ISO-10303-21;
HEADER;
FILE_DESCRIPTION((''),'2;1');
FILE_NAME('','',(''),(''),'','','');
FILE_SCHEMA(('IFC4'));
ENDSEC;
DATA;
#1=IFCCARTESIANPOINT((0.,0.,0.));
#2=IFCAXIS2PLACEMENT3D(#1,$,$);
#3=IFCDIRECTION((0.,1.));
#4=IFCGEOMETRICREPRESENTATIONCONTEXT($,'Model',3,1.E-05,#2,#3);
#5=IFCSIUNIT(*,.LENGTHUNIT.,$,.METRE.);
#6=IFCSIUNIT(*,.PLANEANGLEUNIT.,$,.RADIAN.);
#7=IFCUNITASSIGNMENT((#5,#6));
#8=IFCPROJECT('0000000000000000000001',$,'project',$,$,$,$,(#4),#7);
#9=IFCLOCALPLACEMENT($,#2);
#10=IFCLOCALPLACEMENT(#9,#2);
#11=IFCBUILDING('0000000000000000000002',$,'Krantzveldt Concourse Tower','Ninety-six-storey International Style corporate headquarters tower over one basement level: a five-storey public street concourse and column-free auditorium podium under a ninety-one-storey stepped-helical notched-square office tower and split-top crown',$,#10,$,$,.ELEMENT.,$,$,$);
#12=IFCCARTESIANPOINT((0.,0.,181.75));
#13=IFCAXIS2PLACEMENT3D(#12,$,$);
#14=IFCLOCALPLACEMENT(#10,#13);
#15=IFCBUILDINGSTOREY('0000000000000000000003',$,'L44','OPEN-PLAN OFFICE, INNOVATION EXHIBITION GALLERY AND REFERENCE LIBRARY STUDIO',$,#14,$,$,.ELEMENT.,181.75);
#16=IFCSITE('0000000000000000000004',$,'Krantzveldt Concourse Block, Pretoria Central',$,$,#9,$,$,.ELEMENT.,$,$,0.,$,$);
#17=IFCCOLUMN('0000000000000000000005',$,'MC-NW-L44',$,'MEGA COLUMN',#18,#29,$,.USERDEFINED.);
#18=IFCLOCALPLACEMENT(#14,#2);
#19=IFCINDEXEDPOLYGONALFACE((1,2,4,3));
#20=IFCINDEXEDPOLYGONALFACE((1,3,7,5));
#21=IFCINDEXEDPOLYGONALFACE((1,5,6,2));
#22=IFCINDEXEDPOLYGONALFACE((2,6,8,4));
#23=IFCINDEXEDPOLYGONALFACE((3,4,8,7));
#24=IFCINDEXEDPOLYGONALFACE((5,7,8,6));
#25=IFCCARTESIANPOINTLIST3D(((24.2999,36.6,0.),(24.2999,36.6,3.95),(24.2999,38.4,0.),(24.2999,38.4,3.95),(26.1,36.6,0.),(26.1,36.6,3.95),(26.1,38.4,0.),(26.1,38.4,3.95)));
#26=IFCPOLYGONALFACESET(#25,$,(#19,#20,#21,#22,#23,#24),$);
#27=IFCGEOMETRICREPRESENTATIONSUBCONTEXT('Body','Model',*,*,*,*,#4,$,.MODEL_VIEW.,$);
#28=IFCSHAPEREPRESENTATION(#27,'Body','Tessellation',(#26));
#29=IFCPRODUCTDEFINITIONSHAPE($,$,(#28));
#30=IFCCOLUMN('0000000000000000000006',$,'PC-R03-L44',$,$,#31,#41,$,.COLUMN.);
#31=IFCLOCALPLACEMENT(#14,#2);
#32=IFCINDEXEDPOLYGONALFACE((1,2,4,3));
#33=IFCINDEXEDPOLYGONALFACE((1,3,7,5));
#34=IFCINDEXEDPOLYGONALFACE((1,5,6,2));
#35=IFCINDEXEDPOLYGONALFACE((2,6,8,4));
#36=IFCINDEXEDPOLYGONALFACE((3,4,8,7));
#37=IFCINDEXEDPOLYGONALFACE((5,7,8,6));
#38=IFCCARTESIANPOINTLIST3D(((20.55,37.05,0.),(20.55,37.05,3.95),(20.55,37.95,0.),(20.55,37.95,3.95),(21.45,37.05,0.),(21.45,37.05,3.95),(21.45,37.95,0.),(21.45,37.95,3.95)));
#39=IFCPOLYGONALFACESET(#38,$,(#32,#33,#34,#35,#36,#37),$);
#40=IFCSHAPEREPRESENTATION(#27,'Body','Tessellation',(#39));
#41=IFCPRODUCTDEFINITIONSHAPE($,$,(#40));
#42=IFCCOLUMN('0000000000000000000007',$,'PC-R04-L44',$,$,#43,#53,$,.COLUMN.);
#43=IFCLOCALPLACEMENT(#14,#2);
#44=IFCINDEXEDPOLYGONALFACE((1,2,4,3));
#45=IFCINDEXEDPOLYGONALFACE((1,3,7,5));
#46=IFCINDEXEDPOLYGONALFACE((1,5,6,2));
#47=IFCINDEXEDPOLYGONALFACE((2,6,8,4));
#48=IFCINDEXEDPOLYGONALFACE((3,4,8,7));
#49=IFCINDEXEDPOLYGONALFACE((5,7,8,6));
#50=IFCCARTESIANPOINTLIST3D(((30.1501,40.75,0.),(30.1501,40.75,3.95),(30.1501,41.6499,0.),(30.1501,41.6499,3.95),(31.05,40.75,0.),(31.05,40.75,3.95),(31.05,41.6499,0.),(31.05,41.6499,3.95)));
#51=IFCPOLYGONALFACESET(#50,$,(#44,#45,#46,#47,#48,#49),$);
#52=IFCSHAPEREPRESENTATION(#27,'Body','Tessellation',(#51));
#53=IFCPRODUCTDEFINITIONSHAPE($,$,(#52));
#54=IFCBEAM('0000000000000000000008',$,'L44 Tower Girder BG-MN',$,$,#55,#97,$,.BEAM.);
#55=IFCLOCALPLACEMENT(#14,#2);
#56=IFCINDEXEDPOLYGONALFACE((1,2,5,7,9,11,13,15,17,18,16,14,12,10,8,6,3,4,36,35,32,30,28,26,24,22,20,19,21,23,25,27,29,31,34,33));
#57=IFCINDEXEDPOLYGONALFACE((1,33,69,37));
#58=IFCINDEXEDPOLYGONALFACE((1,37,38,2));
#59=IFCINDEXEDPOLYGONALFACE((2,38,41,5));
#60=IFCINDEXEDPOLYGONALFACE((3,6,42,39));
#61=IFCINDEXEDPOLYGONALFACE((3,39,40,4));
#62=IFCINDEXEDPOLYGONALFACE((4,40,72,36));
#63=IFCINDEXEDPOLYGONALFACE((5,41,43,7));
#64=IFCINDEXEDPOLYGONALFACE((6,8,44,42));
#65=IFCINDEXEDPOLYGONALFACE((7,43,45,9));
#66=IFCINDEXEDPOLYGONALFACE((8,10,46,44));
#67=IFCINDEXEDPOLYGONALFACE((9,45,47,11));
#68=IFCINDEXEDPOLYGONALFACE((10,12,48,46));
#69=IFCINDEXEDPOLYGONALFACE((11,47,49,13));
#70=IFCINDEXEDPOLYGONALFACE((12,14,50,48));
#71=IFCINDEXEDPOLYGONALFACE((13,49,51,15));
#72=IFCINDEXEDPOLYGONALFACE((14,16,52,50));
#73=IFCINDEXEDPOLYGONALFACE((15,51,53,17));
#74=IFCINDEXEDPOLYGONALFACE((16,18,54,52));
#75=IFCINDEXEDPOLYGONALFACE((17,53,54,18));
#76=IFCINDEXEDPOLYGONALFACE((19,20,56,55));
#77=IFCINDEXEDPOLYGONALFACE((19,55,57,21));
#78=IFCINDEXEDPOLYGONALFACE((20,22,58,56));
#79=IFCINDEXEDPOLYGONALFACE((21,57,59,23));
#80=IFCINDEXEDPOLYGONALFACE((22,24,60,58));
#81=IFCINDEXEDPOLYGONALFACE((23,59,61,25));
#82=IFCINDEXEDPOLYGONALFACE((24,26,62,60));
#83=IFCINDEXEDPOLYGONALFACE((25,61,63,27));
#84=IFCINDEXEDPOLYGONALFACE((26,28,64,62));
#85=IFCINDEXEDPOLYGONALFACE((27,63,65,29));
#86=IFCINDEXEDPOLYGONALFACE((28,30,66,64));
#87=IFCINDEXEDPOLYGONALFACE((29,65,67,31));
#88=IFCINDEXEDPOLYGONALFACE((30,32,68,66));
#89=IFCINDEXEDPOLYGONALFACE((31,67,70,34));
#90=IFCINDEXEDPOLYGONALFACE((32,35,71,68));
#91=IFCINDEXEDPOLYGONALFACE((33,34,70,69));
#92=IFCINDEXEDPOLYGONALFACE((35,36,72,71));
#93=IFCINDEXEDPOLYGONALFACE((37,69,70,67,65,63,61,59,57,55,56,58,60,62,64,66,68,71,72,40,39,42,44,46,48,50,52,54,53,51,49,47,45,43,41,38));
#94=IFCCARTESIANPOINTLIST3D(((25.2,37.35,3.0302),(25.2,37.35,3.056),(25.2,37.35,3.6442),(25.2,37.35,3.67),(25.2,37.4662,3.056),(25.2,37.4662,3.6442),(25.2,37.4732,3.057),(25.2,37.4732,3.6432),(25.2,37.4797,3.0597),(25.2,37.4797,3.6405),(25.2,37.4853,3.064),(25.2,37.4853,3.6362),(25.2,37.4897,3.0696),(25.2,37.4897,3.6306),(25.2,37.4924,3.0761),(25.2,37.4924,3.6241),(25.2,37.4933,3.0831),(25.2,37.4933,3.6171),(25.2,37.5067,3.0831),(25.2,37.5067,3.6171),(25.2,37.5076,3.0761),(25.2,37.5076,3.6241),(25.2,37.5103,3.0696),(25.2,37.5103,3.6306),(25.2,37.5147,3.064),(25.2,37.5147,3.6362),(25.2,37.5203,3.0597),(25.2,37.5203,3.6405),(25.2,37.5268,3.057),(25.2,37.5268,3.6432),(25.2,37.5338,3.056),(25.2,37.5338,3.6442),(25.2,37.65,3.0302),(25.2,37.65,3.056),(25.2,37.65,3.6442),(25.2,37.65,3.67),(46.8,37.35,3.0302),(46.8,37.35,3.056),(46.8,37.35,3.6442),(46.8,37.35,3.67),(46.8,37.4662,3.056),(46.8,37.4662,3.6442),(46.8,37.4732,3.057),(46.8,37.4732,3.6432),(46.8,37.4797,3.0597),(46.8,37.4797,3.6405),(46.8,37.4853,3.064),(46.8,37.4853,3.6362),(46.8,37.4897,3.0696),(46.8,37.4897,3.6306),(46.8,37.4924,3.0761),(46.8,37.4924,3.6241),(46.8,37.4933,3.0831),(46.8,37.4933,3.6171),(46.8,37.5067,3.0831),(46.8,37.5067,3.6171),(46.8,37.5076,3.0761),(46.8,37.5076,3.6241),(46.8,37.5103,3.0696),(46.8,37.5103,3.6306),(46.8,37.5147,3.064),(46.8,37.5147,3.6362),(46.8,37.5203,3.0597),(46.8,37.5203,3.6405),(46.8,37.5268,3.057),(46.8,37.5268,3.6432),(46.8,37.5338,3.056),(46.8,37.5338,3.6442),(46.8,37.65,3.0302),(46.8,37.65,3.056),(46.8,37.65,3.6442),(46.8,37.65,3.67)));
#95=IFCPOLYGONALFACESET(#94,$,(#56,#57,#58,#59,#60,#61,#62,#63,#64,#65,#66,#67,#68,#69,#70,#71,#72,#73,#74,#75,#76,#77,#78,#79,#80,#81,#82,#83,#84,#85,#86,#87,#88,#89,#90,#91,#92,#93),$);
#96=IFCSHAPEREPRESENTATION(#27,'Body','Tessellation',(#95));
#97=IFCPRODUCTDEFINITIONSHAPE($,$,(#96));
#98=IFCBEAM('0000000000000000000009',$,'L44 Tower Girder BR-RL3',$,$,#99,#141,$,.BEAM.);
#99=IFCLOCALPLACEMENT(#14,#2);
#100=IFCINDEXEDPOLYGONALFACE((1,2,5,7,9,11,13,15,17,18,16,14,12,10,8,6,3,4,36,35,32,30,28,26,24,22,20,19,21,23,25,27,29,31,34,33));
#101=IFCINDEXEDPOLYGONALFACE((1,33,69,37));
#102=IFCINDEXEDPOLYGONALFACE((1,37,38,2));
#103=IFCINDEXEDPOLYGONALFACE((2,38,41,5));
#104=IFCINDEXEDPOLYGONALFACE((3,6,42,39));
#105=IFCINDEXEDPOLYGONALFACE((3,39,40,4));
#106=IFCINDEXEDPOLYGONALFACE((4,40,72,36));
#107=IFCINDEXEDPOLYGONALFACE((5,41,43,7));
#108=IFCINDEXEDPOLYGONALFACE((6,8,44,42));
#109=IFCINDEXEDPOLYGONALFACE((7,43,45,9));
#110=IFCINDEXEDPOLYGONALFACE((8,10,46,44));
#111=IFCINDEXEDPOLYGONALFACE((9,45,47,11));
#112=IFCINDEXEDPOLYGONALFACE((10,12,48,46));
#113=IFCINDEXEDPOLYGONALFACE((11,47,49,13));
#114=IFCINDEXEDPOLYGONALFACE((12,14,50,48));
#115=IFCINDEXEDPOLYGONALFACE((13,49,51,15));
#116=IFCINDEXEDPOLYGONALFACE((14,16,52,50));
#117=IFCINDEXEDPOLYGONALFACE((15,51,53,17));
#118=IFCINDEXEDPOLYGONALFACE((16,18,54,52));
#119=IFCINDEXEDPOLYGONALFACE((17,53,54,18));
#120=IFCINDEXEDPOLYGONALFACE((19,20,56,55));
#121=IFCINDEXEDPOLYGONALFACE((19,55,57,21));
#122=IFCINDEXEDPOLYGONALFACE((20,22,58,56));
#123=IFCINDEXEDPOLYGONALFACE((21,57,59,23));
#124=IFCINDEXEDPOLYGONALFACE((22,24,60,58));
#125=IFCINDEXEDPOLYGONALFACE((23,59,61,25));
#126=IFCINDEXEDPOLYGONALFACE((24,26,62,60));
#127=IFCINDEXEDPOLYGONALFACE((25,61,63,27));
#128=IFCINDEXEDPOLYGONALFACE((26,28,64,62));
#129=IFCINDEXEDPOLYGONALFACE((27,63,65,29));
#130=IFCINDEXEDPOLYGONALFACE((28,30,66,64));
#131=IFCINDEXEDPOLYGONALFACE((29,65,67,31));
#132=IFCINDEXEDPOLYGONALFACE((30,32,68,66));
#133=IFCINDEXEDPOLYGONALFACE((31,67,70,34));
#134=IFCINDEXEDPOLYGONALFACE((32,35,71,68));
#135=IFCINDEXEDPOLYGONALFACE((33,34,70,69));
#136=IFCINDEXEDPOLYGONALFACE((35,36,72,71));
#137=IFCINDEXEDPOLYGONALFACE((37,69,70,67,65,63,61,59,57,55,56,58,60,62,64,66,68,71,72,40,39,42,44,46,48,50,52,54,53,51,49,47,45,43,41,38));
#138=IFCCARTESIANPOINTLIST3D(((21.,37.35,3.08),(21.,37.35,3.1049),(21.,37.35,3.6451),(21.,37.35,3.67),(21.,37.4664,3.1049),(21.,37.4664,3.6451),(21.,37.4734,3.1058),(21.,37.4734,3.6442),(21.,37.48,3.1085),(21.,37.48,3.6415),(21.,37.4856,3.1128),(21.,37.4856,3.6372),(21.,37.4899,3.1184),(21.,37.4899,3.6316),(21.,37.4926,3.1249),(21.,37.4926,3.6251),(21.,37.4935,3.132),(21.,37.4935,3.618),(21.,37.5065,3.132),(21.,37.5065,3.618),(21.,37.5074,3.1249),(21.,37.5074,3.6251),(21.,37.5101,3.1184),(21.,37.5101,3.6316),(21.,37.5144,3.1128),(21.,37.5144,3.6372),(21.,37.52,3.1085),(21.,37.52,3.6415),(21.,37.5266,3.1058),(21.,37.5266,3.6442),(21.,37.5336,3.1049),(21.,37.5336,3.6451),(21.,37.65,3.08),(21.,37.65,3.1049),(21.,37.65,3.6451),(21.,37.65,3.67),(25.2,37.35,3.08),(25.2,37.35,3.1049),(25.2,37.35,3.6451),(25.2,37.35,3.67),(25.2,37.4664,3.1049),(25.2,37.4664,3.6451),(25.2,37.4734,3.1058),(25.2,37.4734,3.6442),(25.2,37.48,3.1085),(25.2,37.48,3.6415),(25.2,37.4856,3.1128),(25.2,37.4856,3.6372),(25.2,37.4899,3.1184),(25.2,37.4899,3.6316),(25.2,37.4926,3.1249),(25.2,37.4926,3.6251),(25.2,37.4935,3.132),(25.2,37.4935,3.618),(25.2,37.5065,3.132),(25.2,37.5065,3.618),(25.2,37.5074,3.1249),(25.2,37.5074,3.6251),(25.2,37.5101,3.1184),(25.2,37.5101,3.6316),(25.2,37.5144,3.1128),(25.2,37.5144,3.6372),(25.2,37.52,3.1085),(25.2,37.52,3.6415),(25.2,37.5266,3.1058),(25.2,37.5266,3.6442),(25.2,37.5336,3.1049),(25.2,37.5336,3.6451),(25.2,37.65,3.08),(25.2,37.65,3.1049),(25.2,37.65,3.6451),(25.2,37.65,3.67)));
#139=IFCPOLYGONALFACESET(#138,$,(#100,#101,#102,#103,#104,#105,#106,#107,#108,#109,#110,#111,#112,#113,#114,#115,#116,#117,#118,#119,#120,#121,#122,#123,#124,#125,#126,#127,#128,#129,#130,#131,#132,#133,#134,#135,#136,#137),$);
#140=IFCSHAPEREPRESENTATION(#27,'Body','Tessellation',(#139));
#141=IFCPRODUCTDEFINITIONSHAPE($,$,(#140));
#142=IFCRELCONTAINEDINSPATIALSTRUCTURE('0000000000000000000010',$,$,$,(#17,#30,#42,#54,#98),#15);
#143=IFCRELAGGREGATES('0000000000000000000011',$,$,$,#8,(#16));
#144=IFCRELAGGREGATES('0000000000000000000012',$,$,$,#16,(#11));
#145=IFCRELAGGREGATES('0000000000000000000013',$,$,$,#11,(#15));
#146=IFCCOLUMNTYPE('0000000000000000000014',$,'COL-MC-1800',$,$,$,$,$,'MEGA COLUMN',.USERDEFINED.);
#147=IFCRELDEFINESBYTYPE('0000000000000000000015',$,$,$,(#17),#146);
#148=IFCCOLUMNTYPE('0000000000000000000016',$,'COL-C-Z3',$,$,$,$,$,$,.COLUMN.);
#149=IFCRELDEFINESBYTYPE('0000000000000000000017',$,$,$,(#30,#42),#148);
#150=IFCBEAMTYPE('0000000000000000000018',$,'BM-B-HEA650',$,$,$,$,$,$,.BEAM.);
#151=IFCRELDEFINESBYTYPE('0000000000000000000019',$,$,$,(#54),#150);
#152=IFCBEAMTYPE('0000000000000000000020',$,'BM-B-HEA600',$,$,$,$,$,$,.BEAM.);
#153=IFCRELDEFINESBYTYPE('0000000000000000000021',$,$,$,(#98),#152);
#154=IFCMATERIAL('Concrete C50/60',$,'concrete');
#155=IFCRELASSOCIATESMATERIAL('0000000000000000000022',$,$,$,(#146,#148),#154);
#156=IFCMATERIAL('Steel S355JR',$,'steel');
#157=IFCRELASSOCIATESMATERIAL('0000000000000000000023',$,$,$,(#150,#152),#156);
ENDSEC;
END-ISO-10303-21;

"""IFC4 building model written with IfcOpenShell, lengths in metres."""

from ifc_helpers import new_model, si_unit, direction, frame, origin, origin_2d, place, context, subcontext, project, spatial, rectangle, i_section, extrude, source, transform, mapped, material, material_profile, profile_set, type_object, type_shapes, element, save


model = new_model("IFC4")

# Units and contexts
model_context = context("Model", 3, precision=1e-05, world=origin(), true_north=direction((0.0, 1.0)))
body_context = subcontext(model_context, "Body", "Model", "MODEL_VIEW")
ifc_project = project(units=[si_unit("LENGTHUNIT", "METRE"), si_unit("PLANEANGLEUNIT", "RADIAN")], contexts=[model_context])

# Site, building, storey
site_placement = place(None, origin())
site = spatial("IfcSite", under=ifc_project, at=site_placement, Name="Krantzveldt Concourse Block, Pretoria Central", CompositionType="ELEMENT", RefElevation=0.0)
building_placement = place(site_placement, origin())
building = spatial("IfcBuilding", under=site, at=building_placement, Name="Krantzveldt Concourse Tower", Description="Ninety-six-storey International Style corporate headquarters tower over one basement level: a five-storey public street concourse and column-free auditorium podium under a ninety-one-storey stepped-helical notched-square office tower and split-top crown", CompositionType="ELEMENT")
storey_placement = place(building_placement, frame((0.0, 0.0, 181.75)))
storey = spatial("IfcBuildingStorey", under=building, at=storey_placement, Name="L44", Description="OPEN-PLAN OFFICE, INNOVATION EXHIBITION GALLERY AND REFERENCE LIBRARY STUDIO", CompositionType="ELEMENT", Elevation=181.75)

# Columns
ifc_material_1 = material(Name="Concrete C50/60", Category="concrete")
ifc_material_profile_1 = material_profile(ifc_material_1, rectangle(XDim=1.8, YDim=1.8, at=origin_2d()), Name="Concrete C50/60", Category="concrete")
ifc_profile_set_1 = profile_set([ifc_material_profile_1], Name="Concrete C50/60 - RC 1800x1800")
column_type_1 = type_object("IfcColumnType", Name="COL-MC-1800", ElementType="MEGA COLUMN", PredefinedType="USERDEFINED", material=ifc_profile_set_1)
shared_shape_1 = source(origin(), body_context, "Body", "SweptSolid", [
    extrude(rectangle(XDim=1.8, YDim=1.8, at=origin_2d()), origin(), (0.0, 0.0, 1.0), 3.95),
])
type_shapes(column_type_1, [shared_shape_1])
column_placement = place(storey_placement, frame((25.2, 37.5, 0.0), z_axis=(0.0, 0.0, 1.0), x_axis=(1.0, 0.0, 0.0)))
element("IfcColumn", 1, at=column_placement, inside=storey, type_object=column_type_1, Name="MC-NW-L44", ObjectType="MEGA COLUMN", PredefinedType="USERDEFINED", context=body_context, shape_type="MappedRepresentation", body=[
    mapped(shared_shape_1, transform((0.0, 0.0, 0.0), x_axis=(1.0, 0.0, 0.0), y_axis=(0.0, 1.0, 0.0), z_axis=(0.0, 0.0, 1.0), scale=1.0)),
])
ifc_material_profile_2 = material_profile(ifc_material_1, rectangle(XDim=0.8999, YDim=0.8999, at=origin_2d()), Name="Concrete C50/60", Category="concrete")
ifc_profile_set_2 = profile_set([ifc_material_profile_2], Name="Concrete C50/60 - RC 900x900")
column_type_2 = type_object("IfcColumnType", Name="COL-C-Z3", PredefinedType="COLUMN", material=ifc_profile_set_2)
shared_shape_2 = source(origin(), body_context, "Body", "SweptSolid", [
    extrude(rectangle(XDim=0.8999, YDim=0.8999, at=origin_2d()), origin(), (0.0, 0.0, 1.0), 3.95),
])
type_shapes(column_type_2, [shared_shape_2])
for number, where, z_axis, x_axis, name in (
    (2, (21.0, 37.5, 0.0), (0.0, 0.0, 1.0), (1.0, 0.0, 0.0), "PC-R03-L44"),
    (3, (30.6001, 41.2, 0.0), (0.0, 0.0, 1.0), (1.0, 0.0, 0.0), "PC-R04-L44"),
):
    element("IfcColumn", number, at=place(storey_placement, frame(where, z_axis=z_axis, x_axis=x_axis)), inside=storey, type_object=column_type_2, Name=name, PredefinedType="COLUMN", context=body_context, shape_type="MappedRepresentation", body=[
        mapped(shared_shape_2, transform((0.0, 0.0, 0.0), x_axis=(1.0, 0.0, 0.0), y_axis=(0.0, 1.0, 0.0), z_axis=(0.0, 0.0, 1.0), scale=1.0)),
    ])

# Beams
ifc_material_2 = material(Name="Steel S355JR", Category="steel")
ifc_material_profile_3 = material_profile(ifc_material_2, i_section(OverallWidth=0.3, OverallDepth=0.6399, WebThickness=0.0134, FlangeThickness=0.0259, FilletRadius=0.0271, at=origin_2d()), Name="Steel S355JR", Category="steel")
ifc_profile_set_3 = profile_set([ifc_material_profile_3], Name="Steel S355JR - HEA 650")
beam_type_1 = type_object("IfcBeamType", Name="BM-B-HEA650", PredefinedType="BEAM", material=ifc_profile_set_3)
shared_shape_3 = source(origin(), body_context, "Body", "SweptSolid", [
    extrude(i_section(OverallWidth=0.3, OverallDepth=0.6399, WebThickness=0.0134, FlangeThickness=0.0259, FilletRadius=0.0271, at=origin_2d()), origin(), (0.0, 0.0, 1.0), 21.6001),
])
type_shapes(beam_type_1, [shared_shape_3])
beam_1_placement = place(storey_placement, frame((25.2, 37.5, 3.3501), z_axis=(1.0, 0.0, 0.0), x_axis=(0.0, 1.0, 0.0)))
element("IfcBeam", 4, at=beam_1_placement, inside=storey, type_object=beam_type_1, Name="L44 Tower Girder BG-MN", PredefinedType="BEAM", context=body_context, shape_type="MappedRepresentation", body=[
    mapped(shared_shape_3, transform((0.0, 0.0, 0.0), x_axis=(1.0, 0.0, 0.0), y_axis=(0.0, 1.0, 0.0), z_axis=(0.0, 0.0, 1.0), scale=1.0)),
])
ifc_material_profile_4 = material_profile(ifc_material_2, i_section(OverallWidth=0.3, OverallDepth=0.5901, WebThickness=0.0129, FlangeThickness=0.0249, FilletRadius=0.0271, at=origin_2d()), Name="Steel S355JR", Category="steel")
ifc_profile_set_4 = profile_set([ifc_material_profile_4], Name="Steel S355JR - HEA 600")
beam_type_2 = type_object("IfcBeamType", Name="BM-B-HEA600", PredefinedType="BEAM", material=ifc_profile_set_4)
shared_shape_4 = source(origin(), body_context, "Body", "SweptSolid", [
    extrude(i_section(OverallWidth=0.3, OverallDepth=0.5901, WebThickness=0.0129, FlangeThickness=0.0249, FilletRadius=0.0271, at=origin_2d()), origin(), (0.0, 0.0, 1.0), 4.2),
])
beam_2_placement = place(storey_placement, frame((21.0, 37.5, 3.375), z_axis=(1.0, 0.0, 0.0), x_axis=(0.0, 1.0, 0.0)))
element("IfcBeam", 5, at=beam_2_placement, inside=storey, type_object=beam_type_2, Name="L44 Tower Girder BR-RL3", PredefinedType="BEAM", context=body_context, shape_type="MappedRepresentation", body=[
    mapped(shared_shape_4, transform((0.0, 0.0, 0.0), x_axis=(1.0, 0.0, 0.0), y_axis=(0.0, 1.0, 0.0), z_axis=(0.0, 0.0, 1.0), scale=1.0)),
])

save(model, "model.ifc")
